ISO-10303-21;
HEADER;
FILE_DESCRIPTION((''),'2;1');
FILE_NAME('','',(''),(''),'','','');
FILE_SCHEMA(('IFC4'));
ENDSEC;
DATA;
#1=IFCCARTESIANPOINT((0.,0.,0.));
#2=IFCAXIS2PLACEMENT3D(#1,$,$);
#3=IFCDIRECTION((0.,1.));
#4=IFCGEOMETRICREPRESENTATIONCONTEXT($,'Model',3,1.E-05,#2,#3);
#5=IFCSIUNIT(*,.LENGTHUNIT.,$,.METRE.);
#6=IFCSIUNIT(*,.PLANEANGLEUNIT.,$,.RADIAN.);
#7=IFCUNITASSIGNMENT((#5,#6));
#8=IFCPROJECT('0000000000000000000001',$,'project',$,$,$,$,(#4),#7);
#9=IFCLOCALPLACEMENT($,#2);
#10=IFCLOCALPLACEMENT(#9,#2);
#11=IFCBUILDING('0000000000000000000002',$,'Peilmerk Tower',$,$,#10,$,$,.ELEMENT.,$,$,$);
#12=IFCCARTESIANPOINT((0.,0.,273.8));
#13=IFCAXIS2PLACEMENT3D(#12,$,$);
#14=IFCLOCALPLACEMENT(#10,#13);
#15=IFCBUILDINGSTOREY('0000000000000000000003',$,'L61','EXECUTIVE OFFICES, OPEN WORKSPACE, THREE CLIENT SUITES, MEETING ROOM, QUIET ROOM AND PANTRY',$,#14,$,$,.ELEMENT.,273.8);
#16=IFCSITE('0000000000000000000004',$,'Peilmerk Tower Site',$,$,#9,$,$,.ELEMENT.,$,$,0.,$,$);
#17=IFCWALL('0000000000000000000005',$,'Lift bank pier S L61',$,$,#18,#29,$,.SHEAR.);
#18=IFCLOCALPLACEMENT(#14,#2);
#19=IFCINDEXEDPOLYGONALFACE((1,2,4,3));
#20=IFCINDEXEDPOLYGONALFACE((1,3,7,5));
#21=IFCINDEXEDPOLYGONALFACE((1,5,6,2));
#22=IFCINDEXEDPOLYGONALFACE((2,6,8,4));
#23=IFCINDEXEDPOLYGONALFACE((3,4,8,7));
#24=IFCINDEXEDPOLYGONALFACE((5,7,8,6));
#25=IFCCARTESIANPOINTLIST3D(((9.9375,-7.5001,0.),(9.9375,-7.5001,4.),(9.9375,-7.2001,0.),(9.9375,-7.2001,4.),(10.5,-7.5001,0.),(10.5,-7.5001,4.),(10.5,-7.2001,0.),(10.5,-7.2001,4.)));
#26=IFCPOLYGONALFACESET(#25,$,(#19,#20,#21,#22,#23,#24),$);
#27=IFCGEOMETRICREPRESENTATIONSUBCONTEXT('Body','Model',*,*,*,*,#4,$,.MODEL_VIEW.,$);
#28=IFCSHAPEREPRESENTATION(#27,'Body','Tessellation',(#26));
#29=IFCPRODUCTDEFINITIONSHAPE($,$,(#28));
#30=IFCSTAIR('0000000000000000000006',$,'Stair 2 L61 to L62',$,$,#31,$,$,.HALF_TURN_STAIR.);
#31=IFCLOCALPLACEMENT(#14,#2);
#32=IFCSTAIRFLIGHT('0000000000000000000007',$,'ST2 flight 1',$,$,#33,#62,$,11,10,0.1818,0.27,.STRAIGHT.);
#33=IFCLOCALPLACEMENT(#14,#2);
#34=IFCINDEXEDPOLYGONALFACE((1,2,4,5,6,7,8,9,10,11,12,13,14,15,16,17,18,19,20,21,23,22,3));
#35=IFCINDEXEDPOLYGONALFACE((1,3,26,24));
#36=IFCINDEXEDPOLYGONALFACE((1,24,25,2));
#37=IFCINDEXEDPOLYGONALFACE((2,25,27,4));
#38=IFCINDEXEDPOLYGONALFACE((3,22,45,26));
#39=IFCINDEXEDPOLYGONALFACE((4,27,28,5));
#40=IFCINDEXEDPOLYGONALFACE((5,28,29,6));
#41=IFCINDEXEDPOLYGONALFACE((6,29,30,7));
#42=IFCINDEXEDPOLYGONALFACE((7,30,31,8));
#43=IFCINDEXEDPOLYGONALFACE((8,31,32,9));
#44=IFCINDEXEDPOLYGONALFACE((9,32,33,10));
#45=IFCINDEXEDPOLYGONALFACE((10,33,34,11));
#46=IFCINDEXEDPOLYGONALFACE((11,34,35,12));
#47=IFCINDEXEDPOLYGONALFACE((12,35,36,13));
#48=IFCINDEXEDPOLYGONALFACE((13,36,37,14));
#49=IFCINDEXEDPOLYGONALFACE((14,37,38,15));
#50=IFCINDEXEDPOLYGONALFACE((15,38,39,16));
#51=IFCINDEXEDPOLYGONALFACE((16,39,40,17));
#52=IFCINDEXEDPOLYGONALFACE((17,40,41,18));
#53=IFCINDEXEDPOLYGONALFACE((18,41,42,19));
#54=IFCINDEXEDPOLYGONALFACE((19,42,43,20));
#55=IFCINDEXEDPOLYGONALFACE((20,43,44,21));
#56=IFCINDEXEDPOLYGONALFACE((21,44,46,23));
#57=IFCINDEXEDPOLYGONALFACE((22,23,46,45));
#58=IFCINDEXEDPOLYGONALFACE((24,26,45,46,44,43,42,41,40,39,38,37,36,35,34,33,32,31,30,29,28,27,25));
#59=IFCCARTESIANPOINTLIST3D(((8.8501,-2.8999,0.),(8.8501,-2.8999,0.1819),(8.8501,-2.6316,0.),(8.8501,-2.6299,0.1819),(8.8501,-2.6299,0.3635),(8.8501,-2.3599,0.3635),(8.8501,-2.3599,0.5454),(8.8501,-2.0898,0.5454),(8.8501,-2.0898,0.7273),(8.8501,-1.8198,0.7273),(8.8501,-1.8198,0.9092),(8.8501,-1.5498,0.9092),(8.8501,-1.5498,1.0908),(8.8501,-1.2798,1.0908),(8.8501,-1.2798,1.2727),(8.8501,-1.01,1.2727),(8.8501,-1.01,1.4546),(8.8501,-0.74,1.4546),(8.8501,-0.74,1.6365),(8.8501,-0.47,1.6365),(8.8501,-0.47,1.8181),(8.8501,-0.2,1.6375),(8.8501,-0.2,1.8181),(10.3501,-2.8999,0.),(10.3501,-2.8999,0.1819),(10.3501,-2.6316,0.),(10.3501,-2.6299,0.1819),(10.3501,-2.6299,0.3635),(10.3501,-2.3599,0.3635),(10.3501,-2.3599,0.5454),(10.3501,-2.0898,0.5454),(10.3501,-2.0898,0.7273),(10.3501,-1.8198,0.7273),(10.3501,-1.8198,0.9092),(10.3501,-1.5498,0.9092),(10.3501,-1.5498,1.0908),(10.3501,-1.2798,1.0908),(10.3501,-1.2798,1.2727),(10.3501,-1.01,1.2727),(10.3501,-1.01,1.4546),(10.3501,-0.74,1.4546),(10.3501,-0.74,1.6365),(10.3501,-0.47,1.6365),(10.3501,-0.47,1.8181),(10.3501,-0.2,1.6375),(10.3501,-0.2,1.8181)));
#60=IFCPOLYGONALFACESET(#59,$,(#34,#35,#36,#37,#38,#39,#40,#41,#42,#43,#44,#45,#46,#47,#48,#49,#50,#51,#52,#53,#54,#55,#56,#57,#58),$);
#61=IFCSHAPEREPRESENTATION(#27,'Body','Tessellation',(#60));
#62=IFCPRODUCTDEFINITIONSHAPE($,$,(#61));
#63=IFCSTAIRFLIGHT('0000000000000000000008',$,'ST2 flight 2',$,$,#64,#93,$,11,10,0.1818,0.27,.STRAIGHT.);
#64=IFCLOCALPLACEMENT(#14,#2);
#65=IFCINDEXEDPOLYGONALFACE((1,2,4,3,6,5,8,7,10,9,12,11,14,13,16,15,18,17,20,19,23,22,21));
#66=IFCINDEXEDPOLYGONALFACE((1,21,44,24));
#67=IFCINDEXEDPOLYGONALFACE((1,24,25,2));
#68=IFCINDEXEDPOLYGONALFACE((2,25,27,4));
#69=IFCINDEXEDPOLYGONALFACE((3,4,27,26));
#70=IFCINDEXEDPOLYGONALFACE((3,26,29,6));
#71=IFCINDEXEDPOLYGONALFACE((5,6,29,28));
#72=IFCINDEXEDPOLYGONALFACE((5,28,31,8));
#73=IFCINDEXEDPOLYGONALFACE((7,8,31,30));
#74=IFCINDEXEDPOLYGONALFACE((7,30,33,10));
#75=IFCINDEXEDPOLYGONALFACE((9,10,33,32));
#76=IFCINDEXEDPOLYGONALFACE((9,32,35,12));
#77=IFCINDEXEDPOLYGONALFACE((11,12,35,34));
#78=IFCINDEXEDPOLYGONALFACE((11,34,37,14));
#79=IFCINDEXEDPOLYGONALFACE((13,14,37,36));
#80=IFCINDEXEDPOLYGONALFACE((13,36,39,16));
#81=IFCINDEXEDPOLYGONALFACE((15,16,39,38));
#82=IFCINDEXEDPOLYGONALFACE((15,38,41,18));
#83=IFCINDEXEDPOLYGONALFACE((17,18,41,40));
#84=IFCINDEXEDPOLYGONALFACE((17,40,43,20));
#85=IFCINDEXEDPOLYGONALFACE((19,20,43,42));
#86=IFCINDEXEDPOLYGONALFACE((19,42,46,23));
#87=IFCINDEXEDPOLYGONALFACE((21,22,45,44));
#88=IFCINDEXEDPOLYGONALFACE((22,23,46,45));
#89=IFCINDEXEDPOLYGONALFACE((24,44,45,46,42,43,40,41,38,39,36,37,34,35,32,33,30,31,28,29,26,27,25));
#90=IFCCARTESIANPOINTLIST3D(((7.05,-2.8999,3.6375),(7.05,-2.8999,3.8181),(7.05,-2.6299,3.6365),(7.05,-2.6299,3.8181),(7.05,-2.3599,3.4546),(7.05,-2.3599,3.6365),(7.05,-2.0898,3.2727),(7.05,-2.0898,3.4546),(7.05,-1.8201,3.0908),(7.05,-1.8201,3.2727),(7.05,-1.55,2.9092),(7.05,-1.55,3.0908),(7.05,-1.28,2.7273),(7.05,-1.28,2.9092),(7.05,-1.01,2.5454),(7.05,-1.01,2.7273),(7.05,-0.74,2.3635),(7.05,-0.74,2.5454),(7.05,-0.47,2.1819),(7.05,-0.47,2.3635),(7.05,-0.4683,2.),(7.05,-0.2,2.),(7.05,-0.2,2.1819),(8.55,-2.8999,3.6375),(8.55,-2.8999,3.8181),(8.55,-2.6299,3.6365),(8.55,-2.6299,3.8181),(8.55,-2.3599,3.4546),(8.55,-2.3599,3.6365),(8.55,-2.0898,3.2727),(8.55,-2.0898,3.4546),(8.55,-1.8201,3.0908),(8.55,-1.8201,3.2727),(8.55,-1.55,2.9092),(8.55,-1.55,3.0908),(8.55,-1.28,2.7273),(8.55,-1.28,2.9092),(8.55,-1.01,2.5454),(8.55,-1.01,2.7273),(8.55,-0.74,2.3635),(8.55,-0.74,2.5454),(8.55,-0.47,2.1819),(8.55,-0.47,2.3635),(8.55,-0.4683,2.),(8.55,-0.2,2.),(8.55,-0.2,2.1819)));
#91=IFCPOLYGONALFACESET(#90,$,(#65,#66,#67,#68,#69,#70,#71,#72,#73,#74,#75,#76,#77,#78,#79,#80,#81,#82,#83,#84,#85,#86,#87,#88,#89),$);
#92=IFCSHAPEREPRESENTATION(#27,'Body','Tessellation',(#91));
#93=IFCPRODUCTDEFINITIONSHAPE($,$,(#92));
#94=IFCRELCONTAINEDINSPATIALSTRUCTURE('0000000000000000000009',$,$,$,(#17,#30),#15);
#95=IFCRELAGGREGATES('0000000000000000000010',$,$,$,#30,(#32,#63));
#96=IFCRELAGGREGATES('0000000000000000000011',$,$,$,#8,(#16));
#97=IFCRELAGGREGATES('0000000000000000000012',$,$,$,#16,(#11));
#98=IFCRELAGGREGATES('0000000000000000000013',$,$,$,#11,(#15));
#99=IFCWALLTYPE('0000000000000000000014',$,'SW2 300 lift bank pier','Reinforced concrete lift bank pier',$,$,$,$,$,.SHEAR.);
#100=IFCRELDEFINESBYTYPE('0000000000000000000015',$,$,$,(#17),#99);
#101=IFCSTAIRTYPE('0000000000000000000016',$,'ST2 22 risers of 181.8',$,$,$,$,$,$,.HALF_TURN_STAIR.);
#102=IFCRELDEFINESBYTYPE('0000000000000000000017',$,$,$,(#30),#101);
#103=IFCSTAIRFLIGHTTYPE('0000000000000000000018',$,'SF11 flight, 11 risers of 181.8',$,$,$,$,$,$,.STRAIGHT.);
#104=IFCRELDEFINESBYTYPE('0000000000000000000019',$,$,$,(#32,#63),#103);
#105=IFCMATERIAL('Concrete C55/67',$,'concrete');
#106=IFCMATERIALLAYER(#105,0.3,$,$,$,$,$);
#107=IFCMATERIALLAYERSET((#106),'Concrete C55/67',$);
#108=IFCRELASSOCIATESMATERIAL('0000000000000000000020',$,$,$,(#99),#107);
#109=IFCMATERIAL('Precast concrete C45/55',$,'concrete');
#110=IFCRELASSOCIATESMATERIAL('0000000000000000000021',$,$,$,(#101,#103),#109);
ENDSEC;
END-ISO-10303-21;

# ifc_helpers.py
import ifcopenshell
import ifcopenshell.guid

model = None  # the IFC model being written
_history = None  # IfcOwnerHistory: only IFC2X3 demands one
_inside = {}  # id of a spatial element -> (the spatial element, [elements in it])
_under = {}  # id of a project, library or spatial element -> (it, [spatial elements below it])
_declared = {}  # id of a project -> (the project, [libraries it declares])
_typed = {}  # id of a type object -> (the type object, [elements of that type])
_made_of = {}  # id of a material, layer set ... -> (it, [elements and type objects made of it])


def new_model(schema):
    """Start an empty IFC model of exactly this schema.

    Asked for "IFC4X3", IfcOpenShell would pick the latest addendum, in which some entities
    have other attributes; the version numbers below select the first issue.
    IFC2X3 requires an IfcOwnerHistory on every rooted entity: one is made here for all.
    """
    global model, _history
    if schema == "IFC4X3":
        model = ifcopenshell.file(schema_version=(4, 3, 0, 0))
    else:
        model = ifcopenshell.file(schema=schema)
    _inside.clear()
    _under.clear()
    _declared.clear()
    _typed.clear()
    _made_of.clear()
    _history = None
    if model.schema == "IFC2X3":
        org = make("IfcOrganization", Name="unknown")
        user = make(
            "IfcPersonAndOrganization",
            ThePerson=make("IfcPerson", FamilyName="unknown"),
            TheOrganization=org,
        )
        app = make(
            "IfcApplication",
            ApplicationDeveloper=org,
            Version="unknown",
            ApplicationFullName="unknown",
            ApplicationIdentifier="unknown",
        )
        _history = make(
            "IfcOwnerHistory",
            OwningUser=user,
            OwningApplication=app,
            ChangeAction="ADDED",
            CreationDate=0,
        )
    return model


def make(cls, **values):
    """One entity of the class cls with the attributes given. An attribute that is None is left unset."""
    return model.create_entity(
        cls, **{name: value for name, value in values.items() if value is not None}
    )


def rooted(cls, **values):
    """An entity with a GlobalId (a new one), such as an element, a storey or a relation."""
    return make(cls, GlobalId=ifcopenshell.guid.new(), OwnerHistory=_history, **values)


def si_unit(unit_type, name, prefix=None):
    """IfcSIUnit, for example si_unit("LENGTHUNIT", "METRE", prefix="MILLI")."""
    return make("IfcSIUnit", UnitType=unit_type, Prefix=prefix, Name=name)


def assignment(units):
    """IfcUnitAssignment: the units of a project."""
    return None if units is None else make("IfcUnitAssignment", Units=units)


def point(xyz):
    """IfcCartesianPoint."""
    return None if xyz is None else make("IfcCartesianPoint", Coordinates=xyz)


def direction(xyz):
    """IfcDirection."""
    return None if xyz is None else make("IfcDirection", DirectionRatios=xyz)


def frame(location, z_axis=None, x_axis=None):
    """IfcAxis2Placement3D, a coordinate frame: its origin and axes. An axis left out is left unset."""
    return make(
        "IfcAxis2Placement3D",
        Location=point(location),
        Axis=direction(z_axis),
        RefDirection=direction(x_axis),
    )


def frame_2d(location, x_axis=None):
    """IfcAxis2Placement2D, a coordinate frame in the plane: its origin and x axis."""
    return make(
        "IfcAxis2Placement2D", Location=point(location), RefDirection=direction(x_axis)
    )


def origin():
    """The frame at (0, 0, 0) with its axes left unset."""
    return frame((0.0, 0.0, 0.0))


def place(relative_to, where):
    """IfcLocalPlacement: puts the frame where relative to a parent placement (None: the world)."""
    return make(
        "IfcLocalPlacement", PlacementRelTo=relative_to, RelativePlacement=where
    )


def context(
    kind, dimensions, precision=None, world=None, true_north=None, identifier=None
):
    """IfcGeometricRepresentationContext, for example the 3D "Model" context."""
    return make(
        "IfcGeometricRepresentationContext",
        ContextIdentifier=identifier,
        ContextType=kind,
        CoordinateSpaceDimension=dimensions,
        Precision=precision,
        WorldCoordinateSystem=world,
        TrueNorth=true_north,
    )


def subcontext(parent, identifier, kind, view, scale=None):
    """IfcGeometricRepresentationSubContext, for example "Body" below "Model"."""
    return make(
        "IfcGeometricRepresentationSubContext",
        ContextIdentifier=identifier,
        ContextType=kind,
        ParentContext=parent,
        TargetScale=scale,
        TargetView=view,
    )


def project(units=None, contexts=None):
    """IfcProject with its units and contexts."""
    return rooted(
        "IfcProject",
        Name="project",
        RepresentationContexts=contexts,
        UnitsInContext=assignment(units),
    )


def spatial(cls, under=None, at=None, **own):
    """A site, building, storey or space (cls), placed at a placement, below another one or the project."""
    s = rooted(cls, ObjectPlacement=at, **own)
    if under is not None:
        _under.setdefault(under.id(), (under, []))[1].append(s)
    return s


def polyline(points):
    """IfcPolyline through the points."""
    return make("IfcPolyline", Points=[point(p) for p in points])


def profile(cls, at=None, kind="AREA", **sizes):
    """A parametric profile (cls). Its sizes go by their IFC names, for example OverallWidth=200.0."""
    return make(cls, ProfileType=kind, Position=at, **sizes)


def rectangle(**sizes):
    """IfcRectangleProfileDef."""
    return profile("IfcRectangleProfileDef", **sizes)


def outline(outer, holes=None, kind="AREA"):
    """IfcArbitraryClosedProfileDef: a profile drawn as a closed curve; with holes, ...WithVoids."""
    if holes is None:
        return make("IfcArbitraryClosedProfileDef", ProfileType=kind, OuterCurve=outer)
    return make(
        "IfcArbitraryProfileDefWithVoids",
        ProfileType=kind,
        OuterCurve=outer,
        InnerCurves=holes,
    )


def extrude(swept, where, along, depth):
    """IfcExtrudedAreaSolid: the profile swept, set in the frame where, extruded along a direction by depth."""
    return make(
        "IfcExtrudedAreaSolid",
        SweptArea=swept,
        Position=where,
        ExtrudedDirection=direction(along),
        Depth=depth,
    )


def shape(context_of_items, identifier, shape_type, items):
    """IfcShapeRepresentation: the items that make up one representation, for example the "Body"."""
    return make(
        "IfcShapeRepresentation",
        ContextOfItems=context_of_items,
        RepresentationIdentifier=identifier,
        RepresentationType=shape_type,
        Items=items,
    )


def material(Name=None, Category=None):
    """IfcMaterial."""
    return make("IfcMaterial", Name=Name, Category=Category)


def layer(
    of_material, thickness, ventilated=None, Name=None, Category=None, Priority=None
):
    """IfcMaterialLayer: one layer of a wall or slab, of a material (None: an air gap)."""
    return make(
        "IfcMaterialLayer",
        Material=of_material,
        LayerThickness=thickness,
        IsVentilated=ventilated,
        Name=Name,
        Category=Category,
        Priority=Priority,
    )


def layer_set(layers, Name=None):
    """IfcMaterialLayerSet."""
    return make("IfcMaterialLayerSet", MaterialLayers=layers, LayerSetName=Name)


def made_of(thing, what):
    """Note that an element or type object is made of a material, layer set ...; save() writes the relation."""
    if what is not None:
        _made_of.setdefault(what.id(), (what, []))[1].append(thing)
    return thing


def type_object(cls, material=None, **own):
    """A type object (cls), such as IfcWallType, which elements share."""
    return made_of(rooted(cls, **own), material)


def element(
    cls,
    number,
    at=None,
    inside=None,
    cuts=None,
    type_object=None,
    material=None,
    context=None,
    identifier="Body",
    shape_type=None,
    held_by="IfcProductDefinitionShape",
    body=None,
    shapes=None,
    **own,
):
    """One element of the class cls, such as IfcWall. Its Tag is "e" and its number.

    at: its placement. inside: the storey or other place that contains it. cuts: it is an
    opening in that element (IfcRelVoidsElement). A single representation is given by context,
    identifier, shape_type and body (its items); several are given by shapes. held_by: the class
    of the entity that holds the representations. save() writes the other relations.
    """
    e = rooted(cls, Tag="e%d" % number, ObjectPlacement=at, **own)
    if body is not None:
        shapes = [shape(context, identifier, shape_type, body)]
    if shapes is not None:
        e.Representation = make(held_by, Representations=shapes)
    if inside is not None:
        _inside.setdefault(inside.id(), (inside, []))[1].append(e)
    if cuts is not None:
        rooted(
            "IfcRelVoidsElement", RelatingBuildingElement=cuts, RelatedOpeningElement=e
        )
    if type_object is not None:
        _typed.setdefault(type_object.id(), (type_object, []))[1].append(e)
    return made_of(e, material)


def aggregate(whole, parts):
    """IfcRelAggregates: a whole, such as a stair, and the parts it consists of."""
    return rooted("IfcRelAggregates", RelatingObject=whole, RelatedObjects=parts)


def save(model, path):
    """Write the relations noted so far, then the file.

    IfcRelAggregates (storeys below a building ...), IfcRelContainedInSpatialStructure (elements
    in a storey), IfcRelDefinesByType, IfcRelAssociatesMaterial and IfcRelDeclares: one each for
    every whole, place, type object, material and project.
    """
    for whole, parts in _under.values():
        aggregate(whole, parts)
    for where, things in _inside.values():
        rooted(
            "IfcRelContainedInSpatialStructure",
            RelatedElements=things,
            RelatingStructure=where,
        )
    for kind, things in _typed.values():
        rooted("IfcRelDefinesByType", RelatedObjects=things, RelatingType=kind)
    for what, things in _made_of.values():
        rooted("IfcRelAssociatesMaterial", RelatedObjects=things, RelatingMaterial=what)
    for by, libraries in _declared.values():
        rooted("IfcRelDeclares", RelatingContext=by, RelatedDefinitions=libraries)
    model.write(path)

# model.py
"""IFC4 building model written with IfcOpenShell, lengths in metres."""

from ifc_helpers import new_model, si_unit, direction, frame, frame_2d, origin, place, context, subcontext, project, spatial, polyline, rectangle, outline, extrude, material, layer, layer_set, type_object, element, aggregate, save


model = new_model("IFC4")

# Units and contexts
model_context = context("Model", 3, precision=1e-05, world=origin(), true_north=direction((0.0, 1.0)))
body_context = subcontext(model_context, "Body", "Model", "MODEL_VIEW")
ifc_project = project(units=[si_unit("LENGTHUNIT", "METRE"), si_unit("PLANEANGLEUNIT", "RADIAN")], contexts=[model_context])

# Site, building, storey
site_placement = place(None, origin())
site = spatial("IfcSite", under=ifc_project, at=site_placement, Name="Peilmerk Tower Site", CompositionType="ELEMENT", RefElevation=0.0)
building_placement = place(site_placement, origin())
building = spatial("IfcBuilding", under=site, at=building_placement, Name="Peilmerk Tower", CompositionType="ELEMENT")
storey_placement = place(building_placement, frame((0.0, 0.0, 273.8)))
storey = spatial("IfcBuildingStorey", under=building, at=storey_placement, Name="L61", Description="EXECUTIVE OFFICES, OPEN WORKSPACE, THREE CLIENT SUITES, MEETING ROOM, QUIET ROOM AND PANTRY", CompositionType="ELEMENT", Elevation=273.8)

# Shared definitions
ifc_material_1 = material(Name="Precast concrete C45/55", Category="concrete")

# Wall
ifc_material_2 = material(Name="Concrete C55/67", Category="concrete")
ifc_layer_1 = layer(ifc_material_2, 0.3)
ifc_layer_set_1 = layer_set([ifc_layer_1], Name="Concrete C55/67")
wall_type_1 = type_object("IfcWallType", Name="SW2 300 lift bank pier", Description="Reinforced concrete lift bank pier", PredefinedType="SHEAR", material=ifc_layer_set_1)
wall_1_placement = place(storey_placement, frame((9.9375, -7.3501, 0.0), z_axis=(0.0, 0.0, 1.0), x_axis=(1.0, 0.0, 0.0)))
element("IfcWall", 1, at=wall_1_placement, inside=storey, type_object=wall_type_1, Name="Lift bank pier S L61", PredefinedType="SHEAR", context=body_context, shape_type="SweptSolid", body=[
    extrude(rectangle(XDim=0.5625, YDim=0.3, at=frame_2d((0.2812, 0.0))), origin(), (0.0, 0.0, 1.0), 4.0),
])

# Stair, stair flights
stair_type_1 = type_object("IfcStairType", Name="ST2 22 risers of 181.8", PredefinedType="HALF_TURN_STAIR", material=ifc_material_1)
stair_1_placement = place(storey_placement, origin())
stair_1 = element("IfcStair", 2, at=stair_1_placement, inside=storey, type_object=stair_type_1, Name="Stair 2 L61 to L62", PredefinedType="HALF_TURN_STAIR")
stair_flight_type = type_object("IfcStairFlightType", Name="SF11 flight, 11 risers of 181.8", PredefinedType="STRAIGHT", material=ifc_material_1)
stair_flight_1_placement = place(storey_placement, frame((9.6001, -2.8999, 0.0), z_axis=(0.0, 0.0, 1.0), x_axis=(0.0, 1.0, 0.0)))
stair_flight_1 = element("IfcStairFlight", 3, at=stair_flight_1_placement, type_object=stair_flight_type, Name="ST2 flight 1", NumberOfRisers=11, NumberOfTreads=10, PredefinedType="STRAIGHT", RiserHeight=0.1818, TreadLength=0.27, context=body_context, shape_type="SweptSolid", body=[
    extrude(outline(polyline([(0.0, 0.0), (0.0, 0.1819), (0.27, 0.1819), (0.27, 0.3635), (0.54, 0.3635), (0.54, 0.5454), (0.8101, 0.5454), (0.8101, 0.7273), (1.0801, 0.7273), (1.0801, 0.9092), (1.3501, 0.9092), (1.3501, 1.0908), (1.6201, 1.0908), (1.6201, 1.2727), (1.8899, 1.2727), (1.8899, 1.4546), (2.1599, 1.4546), (2.1599, 1.6365), (2.4299, 1.6365), (2.4299, 1.8181), (2.7, 1.8181), (2.7, 2.0), (2.7, 1.6375), (0.2683, 0.0), (0.0, 0.0)])), frame((0.0, 0.75, 0.0), z_axis=(0.0, -1.0, 0.0), x_axis=(1.0, 0.0, 0.0)), (0.0, 0.0, 1.0), 1.5),
])
stair_flight_2_placement = place(storey_placement, frame((7.8, -0.2, 2.0), z_axis=(0.0, 0.0, 1.0), x_axis=(0.0, -1.0, 0.0)))
stair_flight_2 = element("IfcStairFlight", 4, at=stair_flight_2_placement, type_object=stair_flight_type, Name="ST2 flight 2", NumberOfRisers=11, NumberOfTreads=10, PredefinedType="STRAIGHT", RiserHeight=0.1818, TreadLength=0.27, context=body_context, shape_type="SweptSolid", body=[
    extrude(outline(polyline([(0.0, 0.0), (0.0, 0.1819), (0.27, 0.1819), (0.27, 0.3635), (0.54, 0.3635), (0.54, 0.5454), (0.8101, 0.5454), (0.8101, 0.7273), (1.0801, 0.7273), (1.0801, 0.9092), (1.3501, 0.9092), (1.3501, 1.0908), (1.6201, 1.0908), (1.6201, 1.2727), (1.8899, 1.2727), (1.8899, 1.4546), (2.1599, 1.4546), (2.1599, 1.6365), (2.4299, 1.6365), (2.4299, 1.8181), (2.7, 1.8181), (2.7, 2.0), (2.7, 1.6375), (0.2683, 0.0), (0.0, 0.0)])), frame((0.0, 0.75, 0.0), z_axis=(0.0, -1.0, 0.0), x_axis=(1.0, 0.0, 0.0)), (0.0, 0.0, 1.0), 1.5),
])
aggregate(stair_1, [stair_flight_1, stair_flight_2])

save(model, "model.ifc")
